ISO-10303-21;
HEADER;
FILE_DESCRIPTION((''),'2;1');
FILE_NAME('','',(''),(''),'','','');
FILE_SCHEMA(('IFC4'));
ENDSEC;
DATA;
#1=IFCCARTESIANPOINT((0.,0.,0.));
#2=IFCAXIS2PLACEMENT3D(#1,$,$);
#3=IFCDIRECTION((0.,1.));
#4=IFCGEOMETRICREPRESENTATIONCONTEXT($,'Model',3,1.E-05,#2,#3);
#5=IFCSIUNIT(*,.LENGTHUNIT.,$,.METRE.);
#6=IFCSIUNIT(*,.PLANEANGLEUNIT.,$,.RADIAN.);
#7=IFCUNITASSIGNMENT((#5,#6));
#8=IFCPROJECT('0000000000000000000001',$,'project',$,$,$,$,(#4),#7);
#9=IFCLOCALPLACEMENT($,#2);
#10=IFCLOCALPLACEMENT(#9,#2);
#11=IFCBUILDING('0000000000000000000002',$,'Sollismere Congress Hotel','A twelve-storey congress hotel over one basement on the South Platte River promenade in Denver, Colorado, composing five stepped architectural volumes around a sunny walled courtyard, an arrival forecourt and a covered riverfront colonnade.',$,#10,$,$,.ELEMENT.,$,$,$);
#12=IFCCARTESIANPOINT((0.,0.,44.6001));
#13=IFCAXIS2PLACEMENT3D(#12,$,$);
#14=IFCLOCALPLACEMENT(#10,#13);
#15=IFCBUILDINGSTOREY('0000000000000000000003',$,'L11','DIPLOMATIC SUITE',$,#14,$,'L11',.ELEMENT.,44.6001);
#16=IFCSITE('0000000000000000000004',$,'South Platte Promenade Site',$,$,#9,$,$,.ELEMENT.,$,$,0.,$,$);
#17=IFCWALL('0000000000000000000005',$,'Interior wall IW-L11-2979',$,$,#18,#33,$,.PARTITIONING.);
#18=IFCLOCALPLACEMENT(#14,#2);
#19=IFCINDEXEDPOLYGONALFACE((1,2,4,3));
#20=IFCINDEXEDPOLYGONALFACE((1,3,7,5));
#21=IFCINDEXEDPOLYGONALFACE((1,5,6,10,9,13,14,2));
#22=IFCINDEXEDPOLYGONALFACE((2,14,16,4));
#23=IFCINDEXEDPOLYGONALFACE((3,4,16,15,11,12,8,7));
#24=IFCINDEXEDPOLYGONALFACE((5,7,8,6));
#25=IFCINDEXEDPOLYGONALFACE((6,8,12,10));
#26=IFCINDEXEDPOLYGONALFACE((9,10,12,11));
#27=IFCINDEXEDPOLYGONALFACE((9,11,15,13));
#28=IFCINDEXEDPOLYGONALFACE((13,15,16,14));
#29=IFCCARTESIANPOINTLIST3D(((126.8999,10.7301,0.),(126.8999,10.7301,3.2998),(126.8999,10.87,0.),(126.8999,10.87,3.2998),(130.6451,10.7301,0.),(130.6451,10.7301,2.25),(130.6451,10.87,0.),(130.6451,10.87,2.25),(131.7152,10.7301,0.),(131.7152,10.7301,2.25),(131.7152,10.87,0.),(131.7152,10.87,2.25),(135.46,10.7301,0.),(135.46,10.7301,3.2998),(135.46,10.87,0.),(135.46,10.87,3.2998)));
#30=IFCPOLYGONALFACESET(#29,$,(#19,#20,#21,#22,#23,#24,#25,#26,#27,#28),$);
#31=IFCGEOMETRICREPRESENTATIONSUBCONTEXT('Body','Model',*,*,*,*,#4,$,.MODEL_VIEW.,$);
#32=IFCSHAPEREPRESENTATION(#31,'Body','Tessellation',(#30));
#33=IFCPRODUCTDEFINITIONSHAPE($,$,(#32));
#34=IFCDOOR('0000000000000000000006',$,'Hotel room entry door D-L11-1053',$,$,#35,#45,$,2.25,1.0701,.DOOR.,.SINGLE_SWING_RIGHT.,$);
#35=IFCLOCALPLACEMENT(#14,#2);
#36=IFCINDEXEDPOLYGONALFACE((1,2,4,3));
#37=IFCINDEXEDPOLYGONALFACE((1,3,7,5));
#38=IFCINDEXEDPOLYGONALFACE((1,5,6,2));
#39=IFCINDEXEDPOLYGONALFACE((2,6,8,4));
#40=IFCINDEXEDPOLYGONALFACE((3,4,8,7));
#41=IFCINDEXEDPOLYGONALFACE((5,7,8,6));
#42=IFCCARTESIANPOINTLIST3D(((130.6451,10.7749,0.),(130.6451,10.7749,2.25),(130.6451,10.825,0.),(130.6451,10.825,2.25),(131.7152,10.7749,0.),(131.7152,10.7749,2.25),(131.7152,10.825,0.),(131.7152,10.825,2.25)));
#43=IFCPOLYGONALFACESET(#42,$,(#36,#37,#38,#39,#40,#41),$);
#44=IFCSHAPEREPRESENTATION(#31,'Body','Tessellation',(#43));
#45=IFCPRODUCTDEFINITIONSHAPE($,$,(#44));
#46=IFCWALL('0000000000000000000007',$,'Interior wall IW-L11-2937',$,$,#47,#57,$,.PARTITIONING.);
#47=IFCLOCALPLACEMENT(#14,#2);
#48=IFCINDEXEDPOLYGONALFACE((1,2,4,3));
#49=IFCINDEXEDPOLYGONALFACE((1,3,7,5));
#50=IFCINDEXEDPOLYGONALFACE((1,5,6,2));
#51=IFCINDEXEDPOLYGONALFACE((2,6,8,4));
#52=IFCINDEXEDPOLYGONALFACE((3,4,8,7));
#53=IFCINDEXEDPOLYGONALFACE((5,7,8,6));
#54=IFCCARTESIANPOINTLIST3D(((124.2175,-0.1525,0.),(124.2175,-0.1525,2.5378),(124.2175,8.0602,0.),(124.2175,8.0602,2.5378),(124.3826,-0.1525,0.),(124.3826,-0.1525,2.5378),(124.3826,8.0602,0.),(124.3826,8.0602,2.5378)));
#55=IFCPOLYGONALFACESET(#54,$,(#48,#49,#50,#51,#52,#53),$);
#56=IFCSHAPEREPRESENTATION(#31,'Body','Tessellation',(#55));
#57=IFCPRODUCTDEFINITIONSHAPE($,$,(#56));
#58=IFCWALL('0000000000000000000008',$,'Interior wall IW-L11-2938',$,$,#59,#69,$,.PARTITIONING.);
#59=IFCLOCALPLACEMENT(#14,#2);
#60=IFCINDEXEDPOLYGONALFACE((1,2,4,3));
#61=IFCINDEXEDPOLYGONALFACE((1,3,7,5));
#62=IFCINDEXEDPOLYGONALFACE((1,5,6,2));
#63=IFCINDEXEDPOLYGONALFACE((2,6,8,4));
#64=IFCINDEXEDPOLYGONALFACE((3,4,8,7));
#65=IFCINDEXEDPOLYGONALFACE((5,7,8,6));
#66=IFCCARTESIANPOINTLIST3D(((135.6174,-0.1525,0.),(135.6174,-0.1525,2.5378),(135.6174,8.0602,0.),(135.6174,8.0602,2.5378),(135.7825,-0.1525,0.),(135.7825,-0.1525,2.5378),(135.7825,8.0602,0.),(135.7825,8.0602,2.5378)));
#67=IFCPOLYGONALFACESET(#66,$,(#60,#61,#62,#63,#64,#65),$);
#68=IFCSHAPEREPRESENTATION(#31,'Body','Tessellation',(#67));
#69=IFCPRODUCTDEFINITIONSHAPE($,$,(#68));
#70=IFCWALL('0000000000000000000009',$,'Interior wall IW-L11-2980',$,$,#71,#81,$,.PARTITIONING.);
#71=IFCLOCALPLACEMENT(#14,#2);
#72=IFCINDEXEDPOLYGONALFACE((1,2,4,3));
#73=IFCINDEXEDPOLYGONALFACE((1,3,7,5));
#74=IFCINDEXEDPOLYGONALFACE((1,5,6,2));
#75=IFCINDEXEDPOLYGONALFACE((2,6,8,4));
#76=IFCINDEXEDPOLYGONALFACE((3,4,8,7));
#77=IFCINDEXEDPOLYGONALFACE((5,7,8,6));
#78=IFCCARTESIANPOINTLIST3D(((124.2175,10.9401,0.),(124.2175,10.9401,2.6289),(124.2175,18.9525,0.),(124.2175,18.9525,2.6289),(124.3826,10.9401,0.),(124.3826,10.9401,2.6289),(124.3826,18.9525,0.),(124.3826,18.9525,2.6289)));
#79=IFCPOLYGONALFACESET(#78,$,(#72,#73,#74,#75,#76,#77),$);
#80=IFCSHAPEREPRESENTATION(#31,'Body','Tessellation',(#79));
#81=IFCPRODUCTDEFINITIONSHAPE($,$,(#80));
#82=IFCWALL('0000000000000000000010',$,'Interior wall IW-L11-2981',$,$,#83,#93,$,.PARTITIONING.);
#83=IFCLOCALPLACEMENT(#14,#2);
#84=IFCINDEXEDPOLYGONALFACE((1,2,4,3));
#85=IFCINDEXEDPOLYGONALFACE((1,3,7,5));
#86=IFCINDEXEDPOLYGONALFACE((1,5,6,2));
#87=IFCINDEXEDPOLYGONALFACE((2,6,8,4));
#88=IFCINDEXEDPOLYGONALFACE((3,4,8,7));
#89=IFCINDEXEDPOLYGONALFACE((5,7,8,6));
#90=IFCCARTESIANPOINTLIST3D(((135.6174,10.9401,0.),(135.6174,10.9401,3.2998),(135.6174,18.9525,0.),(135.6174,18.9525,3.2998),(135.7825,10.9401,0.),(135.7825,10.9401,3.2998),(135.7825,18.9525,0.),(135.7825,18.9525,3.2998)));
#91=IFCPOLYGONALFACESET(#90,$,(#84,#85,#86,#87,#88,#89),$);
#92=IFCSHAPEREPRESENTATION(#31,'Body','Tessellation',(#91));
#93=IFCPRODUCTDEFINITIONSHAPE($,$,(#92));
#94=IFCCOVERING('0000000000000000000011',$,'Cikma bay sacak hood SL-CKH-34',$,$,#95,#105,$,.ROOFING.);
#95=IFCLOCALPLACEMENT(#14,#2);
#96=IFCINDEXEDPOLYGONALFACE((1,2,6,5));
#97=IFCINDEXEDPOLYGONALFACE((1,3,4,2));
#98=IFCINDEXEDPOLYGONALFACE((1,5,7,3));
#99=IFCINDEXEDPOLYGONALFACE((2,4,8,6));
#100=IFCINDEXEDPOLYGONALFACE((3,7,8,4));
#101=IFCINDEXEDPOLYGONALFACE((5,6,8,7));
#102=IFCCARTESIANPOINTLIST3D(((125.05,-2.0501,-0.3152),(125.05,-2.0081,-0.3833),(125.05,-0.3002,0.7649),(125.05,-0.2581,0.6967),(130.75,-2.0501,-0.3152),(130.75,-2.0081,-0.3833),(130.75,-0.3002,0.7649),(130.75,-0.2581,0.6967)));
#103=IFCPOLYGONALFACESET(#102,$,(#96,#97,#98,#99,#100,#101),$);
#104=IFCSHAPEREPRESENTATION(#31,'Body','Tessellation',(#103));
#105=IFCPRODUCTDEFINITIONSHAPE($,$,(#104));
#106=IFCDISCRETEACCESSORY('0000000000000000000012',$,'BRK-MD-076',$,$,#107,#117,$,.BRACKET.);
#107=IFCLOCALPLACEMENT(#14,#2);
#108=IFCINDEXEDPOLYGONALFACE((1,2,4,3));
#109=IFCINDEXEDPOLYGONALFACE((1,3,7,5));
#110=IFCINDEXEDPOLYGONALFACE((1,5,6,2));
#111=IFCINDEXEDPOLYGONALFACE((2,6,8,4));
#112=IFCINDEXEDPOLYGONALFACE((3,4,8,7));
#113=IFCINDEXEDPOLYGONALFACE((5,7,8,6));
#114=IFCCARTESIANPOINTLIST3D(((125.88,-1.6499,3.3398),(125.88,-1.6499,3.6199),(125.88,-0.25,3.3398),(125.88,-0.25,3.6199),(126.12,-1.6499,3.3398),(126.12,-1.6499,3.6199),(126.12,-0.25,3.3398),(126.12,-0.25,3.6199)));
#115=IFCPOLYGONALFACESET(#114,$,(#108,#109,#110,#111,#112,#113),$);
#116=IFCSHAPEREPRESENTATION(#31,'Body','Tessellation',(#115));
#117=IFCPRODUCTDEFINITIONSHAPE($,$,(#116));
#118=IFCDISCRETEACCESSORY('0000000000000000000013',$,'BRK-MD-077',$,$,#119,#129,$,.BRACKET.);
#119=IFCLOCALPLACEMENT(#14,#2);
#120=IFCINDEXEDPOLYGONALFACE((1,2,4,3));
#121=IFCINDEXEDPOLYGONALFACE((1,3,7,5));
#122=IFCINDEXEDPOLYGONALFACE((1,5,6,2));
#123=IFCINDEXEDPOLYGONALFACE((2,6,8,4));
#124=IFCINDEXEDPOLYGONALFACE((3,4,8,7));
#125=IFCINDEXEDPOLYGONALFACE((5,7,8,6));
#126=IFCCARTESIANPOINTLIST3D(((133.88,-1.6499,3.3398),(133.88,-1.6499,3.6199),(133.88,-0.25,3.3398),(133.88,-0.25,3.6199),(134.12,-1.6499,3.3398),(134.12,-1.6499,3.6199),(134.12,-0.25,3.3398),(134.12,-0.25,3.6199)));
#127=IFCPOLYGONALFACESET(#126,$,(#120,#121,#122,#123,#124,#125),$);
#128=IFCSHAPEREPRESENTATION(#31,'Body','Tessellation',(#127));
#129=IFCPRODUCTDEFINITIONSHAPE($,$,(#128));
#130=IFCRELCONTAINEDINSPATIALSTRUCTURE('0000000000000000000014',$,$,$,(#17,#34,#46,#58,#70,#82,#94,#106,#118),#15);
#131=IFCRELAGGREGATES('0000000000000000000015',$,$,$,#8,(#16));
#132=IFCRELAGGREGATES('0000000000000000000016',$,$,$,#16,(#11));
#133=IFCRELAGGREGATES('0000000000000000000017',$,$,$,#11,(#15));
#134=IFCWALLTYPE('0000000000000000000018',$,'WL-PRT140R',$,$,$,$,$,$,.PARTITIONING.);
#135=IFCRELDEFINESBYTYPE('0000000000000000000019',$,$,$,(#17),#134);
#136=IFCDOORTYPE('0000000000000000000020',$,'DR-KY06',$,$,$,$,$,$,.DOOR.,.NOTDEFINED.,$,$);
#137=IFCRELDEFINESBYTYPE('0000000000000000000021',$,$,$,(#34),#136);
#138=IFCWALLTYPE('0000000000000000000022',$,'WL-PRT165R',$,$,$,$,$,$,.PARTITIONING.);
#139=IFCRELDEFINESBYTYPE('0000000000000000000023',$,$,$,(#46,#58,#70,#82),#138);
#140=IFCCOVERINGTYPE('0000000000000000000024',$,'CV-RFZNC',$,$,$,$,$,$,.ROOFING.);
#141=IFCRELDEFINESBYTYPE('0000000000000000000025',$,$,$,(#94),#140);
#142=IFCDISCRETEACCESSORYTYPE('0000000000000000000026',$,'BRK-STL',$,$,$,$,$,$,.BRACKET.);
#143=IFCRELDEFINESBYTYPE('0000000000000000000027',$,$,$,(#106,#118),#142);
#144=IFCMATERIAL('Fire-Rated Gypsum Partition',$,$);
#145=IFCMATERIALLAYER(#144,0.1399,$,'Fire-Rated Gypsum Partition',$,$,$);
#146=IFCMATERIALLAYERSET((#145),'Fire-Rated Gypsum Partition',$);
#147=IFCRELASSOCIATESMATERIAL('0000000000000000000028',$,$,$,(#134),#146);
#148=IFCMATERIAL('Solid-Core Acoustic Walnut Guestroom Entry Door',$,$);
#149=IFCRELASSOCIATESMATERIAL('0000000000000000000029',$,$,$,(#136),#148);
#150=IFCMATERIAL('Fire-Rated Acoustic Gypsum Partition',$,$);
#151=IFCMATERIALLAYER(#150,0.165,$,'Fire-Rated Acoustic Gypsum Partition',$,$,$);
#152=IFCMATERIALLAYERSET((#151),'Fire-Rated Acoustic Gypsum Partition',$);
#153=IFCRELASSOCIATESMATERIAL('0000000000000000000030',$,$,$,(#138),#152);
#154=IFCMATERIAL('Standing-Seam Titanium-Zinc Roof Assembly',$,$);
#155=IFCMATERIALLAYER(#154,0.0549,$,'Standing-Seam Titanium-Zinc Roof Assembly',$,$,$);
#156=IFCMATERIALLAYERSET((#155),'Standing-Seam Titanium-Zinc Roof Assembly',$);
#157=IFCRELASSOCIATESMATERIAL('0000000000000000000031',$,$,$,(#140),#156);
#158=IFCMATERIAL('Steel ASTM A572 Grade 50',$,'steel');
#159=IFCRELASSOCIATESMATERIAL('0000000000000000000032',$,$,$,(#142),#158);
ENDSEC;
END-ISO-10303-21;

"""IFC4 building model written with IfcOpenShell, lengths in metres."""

from ifc_helpers import new_model, si_unit, direction, frame, frame_2d, origin, origin_2d, place, context, subcontext, project, spatial, polyline, rectangle, outline, extrude, material, layer, layer_set, type_object, element, fill, save


model = new_model("IFC4")

# Units and contexts
model_context = context("Model", 3, precision=1e-05, world=origin(), true_north=direction((0.0, 1.0)))
body_context = subcontext(model_context, "Body", "Model", "MODEL_VIEW")
ifc_project = project(units=[si_unit("LENGTHUNIT", "METRE"), si_unit("PLANEANGLEUNIT", "RADIAN")], contexts=[model_context])

# Site, building, storey
site_placement = place(None, origin())
site = spatial("IfcSite", under=ifc_project, at=site_placement, Name="South Platte Promenade Site", CompositionType="ELEMENT", RefElevation=0.0)
building_placement = place(site_placement, origin())
building = spatial("IfcBuilding", under=site, at=building_placement, Name="Sollismere Congress Hotel", Description="A twelve-storey congress hotel over one basement on the South Platte River promenade in Denver, Colorado, composing five stepped architectural volumes around a sunny walled courtyard, an arrival forecourt and a covered riverfront colonnade.", CompositionType="ELEMENT")
storey_placement = place(building_placement, frame((0.0, 0.0, 44.6001)))
storey = spatial("IfcBuildingStorey", under=building, at=storey_placement, Name="L11", Description="DIPLOMATIC SUITE", LongName="L11", CompositionType="ELEMENT", Elevation=44.6001)

# Shared definitions
ifc_material_1 = material(Name="Fire-Rated Gypsum Partition")
ifc_layer_1 = layer(ifc_material_1, 0.1399, Name="Fire-Rated Gypsum Partition")
ifc_layer_set_1 = layer_set([ifc_layer_1], Name="Fire-Rated Gypsum Partition")
wall_type_1 = type_object("IfcWallType", Name="WL-PRT140R", PredefinedType="PARTITIONING", material=ifc_layer_set_1)

# Shared definitions
ifc_material_2 = material(Name="Solid-Core Acoustic Walnut Guestroom Entry Door")

# Wall, opening, door
wall_1_placement = place(storey_placement, frame((126.8999, 10.8, 0.0), z_axis=(0.0, 0.0, 1.0), x_axis=(1.0, 0.0, 0.0)))
wall_1 = element("IfcWall", 1, at=wall_1_placement, inside=storey, type_object=wall_type_1, Name="Interior wall IW-L11-2979", PredefinedType="PARTITIONING", context=body_context, shape_type="SweptSolid", body=[
    extrude(rectangle(XDim=8.5601, YDim=0.1399, at=frame_2d((4.28, 0.0))), origin(), (0.0, 0.0, 1.0), 3.2998),
])
opening_1_placement = place(wall_1_placement, frame((3.7451, 0.0, 0.0)))
opening_1 = element("IfcOpeningElement", 2, at=opening_1_placement, cuts=wall_1, PredefinedType="OPENING", context=body_context, shape_type="SweptSolid", body=[
    extrude(rectangle(XDim=1.0701, YDim=2.25, at=frame_2d((0.5352, 1.125))), frame((0.0, 0.0798, 0.0), z_axis=(0.0, -1.0, 0.0), x_axis=(1.0, 0.0, 0.0)), (0.0, 0.0, 1.0), 0.1599),
])
door_type_1 = type_object("IfcDoorType", Name="DR-KY06", OperationType="NOTDEFINED", PredefinedType="DOOR", material=ifc_material_2)
door_1_placement = place(opening_1_placement, origin())
door_1 = element("IfcDoor", 3, at=door_1_placement, inside=storey, type_object=door_type_1, Name="Hotel room entry door D-L11-1053", OperationType="SINGLE_SWING_RIGHT", OverallHeight=2.25, OverallWidth=1.0701, PredefinedType="DOOR", context=body_context, shape_type="SweptSolid", body=[
    extrude(rectangle(XDim=1.0701, YDim=2.25, at=frame_2d((0.5352, 1.125))), frame((0.0, 0.0249, 0.0), z_axis=(0.0, -1.0, 0.0), x_axis=(1.0, 0.0, 0.0)), (0.0, 0.0, 1.0), 0.05),
])
fill(opening_1, door_1)

# Walls
ifc_material_3 = material(Name="Fire-Rated Acoustic Gypsum Partition")
ifc_layer_2 = layer(ifc_material_3, 0.165, Name="Fire-Rated Acoustic Gypsum Partition")
ifc_layer_set_2 = layer_set([ifc_layer_2], Name="Fire-Rated Acoustic Gypsum Partition")
wall_type_2 = type_object("IfcWallType", Name="WL-PRT165R", PredefinedType="PARTITIONING", material=ifc_layer_set_2)
for number, where, z_axis, x_axis, name in (
    (4, (124.3, -0.1526, 0.0), (0.0, 0.0, 1.0), (0.0, 1.0, 0.0), "Interior wall IW-L11-2937"),
    (5, (135.7, -0.1526, 0.0), (0.0, 0.0, 1.0), (0.0, 1.0, 0.0), "Interior wall IW-L11-2938"),
):
    element("IfcWall", number, at=place(storey_placement, frame(where, z_axis=z_axis, x_axis=x_axis)), inside=storey, type_object=wall_type_2, Name=name, PredefinedType="PARTITIONING", context=body_context, shape_type="SweptSolid", body=[
        extrude(rectangle(XDim=8.2126, YDim=0.165, at=frame_2d((4.1064, 0.0))), origin(), (0.0, 0.0, 1.0), 2.5378),
    ])
wall_2_placement = place(storey_placement, frame((124.3, 10.9399, 0.0), z_axis=(0.0, 0.0, 1.0), x_axis=(0.0, 1.0, 0.0)))
element("IfcWall", 6, at=wall_2_placement, inside=storey, type_object=wall_type_2, Name="Interior wall IW-L11-2980", PredefinedType="PARTITIONING", context=body_context, shape_type="SweptSolid", body=[
    extrude(rectangle(XDim=8.0125, YDim=0.165, at=frame_2d((4.0063, 0.0))), origin(), (0.0, 0.0, 1.0), 2.6289),
])
wall_3_placement = place(storey_placement, frame((135.7, 10.9399, 0.0), z_axis=(0.0, 0.0, 1.0), x_axis=(0.0, 1.0, 0.0)))
element("IfcWall", 7, at=wall_3_placement, inside=storey, type_object=wall_type_2, Name="Interior wall IW-L11-2981", PredefinedType="PARTITIONING", context=body_context, shape_type="SweptSolid", body=[
    extrude(rectangle(XDim=8.0125, YDim=0.165, at=frame_2d((4.0063, 0.0))), origin(), (0.0, 0.0, 1.0), 3.2998),
])

# Covering
ifc_material_4 = material(Name="Standing-Seam Titanium-Zinc Roof Assembly")
ifc_layer_3 = layer(ifc_material_4, 0.0549, Name="Standing-Seam Titanium-Zinc Roof Assembly")
ifc_layer_set_3 = layer_set([ifc_layer_3], Name="Standing-Seam Titanium-Zinc Roof Assembly")
covering_type = type_object("IfcCoveringType", Name="CV-RFZNC", PredefinedType="ROOFING", material=ifc_layer_set_3)
covering_placement = place(storey_placement, frame((125.05, -2.0081, -0.3833), z_axis=(0.0, -0.52521, 0.850973), x_axis=(1.0, 0.0, 0.0)))
element("IfcCovering", 8, at=covering_placement, inside=storey, type_object=covering_type, Name="Cikma bay sacak hood SL-CKH-34", PredefinedType="ROOFING", context=body_context, shape_type="SweptSolid", body=[
    extrude(outline(polyline([(0.0, 0.0), (5.7, 0.0), (5.7, 2.0564), (0.0, 2.0564), (0.0, 0.0)])), origin(), (0.0, 0.0, 1.0), 0.0801),
])

# Discrete accessories
ifc_material_5 = material(Name="Steel ASTM A572 Grade 50", Category="steel")
discrete_accessory_type = type_object("IfcDiscreteAccessoryType", Name="BRK-STL", PredefinedType="BRACKET", material=ifc_material_5)
for number, where, z_axis, x_axis, name in (
    (9, (126.0, -0.95, 3.3398), (0.0, 0.0, 1.0), (1.0, 0.0, 0.0), "BRK-MD-076"),
    (10, (134.0, -0.95, 3.3398), (0.0, 0.0, 1.0), (1.0, 0.0, 0.0), "BRK-MD-077"),
):
    element("IfcDiscreteAccessory", number, at=place(storey_placement, frame(where, z_axis=z_axis, x_axis=x_axis)), inside=storey, type_object=discrete_accessory_type, Name=name, PredefinedType="BRACKET", context=body_context, shape_type="SweptSolid", body=[
        extrude(rectangle(XDim=0.24, YDim=1.3999, at=origin_2d()), origin(), (0.0, 0.0, 1.0), 0.28),
    ])

save(model, "model.ifc")
